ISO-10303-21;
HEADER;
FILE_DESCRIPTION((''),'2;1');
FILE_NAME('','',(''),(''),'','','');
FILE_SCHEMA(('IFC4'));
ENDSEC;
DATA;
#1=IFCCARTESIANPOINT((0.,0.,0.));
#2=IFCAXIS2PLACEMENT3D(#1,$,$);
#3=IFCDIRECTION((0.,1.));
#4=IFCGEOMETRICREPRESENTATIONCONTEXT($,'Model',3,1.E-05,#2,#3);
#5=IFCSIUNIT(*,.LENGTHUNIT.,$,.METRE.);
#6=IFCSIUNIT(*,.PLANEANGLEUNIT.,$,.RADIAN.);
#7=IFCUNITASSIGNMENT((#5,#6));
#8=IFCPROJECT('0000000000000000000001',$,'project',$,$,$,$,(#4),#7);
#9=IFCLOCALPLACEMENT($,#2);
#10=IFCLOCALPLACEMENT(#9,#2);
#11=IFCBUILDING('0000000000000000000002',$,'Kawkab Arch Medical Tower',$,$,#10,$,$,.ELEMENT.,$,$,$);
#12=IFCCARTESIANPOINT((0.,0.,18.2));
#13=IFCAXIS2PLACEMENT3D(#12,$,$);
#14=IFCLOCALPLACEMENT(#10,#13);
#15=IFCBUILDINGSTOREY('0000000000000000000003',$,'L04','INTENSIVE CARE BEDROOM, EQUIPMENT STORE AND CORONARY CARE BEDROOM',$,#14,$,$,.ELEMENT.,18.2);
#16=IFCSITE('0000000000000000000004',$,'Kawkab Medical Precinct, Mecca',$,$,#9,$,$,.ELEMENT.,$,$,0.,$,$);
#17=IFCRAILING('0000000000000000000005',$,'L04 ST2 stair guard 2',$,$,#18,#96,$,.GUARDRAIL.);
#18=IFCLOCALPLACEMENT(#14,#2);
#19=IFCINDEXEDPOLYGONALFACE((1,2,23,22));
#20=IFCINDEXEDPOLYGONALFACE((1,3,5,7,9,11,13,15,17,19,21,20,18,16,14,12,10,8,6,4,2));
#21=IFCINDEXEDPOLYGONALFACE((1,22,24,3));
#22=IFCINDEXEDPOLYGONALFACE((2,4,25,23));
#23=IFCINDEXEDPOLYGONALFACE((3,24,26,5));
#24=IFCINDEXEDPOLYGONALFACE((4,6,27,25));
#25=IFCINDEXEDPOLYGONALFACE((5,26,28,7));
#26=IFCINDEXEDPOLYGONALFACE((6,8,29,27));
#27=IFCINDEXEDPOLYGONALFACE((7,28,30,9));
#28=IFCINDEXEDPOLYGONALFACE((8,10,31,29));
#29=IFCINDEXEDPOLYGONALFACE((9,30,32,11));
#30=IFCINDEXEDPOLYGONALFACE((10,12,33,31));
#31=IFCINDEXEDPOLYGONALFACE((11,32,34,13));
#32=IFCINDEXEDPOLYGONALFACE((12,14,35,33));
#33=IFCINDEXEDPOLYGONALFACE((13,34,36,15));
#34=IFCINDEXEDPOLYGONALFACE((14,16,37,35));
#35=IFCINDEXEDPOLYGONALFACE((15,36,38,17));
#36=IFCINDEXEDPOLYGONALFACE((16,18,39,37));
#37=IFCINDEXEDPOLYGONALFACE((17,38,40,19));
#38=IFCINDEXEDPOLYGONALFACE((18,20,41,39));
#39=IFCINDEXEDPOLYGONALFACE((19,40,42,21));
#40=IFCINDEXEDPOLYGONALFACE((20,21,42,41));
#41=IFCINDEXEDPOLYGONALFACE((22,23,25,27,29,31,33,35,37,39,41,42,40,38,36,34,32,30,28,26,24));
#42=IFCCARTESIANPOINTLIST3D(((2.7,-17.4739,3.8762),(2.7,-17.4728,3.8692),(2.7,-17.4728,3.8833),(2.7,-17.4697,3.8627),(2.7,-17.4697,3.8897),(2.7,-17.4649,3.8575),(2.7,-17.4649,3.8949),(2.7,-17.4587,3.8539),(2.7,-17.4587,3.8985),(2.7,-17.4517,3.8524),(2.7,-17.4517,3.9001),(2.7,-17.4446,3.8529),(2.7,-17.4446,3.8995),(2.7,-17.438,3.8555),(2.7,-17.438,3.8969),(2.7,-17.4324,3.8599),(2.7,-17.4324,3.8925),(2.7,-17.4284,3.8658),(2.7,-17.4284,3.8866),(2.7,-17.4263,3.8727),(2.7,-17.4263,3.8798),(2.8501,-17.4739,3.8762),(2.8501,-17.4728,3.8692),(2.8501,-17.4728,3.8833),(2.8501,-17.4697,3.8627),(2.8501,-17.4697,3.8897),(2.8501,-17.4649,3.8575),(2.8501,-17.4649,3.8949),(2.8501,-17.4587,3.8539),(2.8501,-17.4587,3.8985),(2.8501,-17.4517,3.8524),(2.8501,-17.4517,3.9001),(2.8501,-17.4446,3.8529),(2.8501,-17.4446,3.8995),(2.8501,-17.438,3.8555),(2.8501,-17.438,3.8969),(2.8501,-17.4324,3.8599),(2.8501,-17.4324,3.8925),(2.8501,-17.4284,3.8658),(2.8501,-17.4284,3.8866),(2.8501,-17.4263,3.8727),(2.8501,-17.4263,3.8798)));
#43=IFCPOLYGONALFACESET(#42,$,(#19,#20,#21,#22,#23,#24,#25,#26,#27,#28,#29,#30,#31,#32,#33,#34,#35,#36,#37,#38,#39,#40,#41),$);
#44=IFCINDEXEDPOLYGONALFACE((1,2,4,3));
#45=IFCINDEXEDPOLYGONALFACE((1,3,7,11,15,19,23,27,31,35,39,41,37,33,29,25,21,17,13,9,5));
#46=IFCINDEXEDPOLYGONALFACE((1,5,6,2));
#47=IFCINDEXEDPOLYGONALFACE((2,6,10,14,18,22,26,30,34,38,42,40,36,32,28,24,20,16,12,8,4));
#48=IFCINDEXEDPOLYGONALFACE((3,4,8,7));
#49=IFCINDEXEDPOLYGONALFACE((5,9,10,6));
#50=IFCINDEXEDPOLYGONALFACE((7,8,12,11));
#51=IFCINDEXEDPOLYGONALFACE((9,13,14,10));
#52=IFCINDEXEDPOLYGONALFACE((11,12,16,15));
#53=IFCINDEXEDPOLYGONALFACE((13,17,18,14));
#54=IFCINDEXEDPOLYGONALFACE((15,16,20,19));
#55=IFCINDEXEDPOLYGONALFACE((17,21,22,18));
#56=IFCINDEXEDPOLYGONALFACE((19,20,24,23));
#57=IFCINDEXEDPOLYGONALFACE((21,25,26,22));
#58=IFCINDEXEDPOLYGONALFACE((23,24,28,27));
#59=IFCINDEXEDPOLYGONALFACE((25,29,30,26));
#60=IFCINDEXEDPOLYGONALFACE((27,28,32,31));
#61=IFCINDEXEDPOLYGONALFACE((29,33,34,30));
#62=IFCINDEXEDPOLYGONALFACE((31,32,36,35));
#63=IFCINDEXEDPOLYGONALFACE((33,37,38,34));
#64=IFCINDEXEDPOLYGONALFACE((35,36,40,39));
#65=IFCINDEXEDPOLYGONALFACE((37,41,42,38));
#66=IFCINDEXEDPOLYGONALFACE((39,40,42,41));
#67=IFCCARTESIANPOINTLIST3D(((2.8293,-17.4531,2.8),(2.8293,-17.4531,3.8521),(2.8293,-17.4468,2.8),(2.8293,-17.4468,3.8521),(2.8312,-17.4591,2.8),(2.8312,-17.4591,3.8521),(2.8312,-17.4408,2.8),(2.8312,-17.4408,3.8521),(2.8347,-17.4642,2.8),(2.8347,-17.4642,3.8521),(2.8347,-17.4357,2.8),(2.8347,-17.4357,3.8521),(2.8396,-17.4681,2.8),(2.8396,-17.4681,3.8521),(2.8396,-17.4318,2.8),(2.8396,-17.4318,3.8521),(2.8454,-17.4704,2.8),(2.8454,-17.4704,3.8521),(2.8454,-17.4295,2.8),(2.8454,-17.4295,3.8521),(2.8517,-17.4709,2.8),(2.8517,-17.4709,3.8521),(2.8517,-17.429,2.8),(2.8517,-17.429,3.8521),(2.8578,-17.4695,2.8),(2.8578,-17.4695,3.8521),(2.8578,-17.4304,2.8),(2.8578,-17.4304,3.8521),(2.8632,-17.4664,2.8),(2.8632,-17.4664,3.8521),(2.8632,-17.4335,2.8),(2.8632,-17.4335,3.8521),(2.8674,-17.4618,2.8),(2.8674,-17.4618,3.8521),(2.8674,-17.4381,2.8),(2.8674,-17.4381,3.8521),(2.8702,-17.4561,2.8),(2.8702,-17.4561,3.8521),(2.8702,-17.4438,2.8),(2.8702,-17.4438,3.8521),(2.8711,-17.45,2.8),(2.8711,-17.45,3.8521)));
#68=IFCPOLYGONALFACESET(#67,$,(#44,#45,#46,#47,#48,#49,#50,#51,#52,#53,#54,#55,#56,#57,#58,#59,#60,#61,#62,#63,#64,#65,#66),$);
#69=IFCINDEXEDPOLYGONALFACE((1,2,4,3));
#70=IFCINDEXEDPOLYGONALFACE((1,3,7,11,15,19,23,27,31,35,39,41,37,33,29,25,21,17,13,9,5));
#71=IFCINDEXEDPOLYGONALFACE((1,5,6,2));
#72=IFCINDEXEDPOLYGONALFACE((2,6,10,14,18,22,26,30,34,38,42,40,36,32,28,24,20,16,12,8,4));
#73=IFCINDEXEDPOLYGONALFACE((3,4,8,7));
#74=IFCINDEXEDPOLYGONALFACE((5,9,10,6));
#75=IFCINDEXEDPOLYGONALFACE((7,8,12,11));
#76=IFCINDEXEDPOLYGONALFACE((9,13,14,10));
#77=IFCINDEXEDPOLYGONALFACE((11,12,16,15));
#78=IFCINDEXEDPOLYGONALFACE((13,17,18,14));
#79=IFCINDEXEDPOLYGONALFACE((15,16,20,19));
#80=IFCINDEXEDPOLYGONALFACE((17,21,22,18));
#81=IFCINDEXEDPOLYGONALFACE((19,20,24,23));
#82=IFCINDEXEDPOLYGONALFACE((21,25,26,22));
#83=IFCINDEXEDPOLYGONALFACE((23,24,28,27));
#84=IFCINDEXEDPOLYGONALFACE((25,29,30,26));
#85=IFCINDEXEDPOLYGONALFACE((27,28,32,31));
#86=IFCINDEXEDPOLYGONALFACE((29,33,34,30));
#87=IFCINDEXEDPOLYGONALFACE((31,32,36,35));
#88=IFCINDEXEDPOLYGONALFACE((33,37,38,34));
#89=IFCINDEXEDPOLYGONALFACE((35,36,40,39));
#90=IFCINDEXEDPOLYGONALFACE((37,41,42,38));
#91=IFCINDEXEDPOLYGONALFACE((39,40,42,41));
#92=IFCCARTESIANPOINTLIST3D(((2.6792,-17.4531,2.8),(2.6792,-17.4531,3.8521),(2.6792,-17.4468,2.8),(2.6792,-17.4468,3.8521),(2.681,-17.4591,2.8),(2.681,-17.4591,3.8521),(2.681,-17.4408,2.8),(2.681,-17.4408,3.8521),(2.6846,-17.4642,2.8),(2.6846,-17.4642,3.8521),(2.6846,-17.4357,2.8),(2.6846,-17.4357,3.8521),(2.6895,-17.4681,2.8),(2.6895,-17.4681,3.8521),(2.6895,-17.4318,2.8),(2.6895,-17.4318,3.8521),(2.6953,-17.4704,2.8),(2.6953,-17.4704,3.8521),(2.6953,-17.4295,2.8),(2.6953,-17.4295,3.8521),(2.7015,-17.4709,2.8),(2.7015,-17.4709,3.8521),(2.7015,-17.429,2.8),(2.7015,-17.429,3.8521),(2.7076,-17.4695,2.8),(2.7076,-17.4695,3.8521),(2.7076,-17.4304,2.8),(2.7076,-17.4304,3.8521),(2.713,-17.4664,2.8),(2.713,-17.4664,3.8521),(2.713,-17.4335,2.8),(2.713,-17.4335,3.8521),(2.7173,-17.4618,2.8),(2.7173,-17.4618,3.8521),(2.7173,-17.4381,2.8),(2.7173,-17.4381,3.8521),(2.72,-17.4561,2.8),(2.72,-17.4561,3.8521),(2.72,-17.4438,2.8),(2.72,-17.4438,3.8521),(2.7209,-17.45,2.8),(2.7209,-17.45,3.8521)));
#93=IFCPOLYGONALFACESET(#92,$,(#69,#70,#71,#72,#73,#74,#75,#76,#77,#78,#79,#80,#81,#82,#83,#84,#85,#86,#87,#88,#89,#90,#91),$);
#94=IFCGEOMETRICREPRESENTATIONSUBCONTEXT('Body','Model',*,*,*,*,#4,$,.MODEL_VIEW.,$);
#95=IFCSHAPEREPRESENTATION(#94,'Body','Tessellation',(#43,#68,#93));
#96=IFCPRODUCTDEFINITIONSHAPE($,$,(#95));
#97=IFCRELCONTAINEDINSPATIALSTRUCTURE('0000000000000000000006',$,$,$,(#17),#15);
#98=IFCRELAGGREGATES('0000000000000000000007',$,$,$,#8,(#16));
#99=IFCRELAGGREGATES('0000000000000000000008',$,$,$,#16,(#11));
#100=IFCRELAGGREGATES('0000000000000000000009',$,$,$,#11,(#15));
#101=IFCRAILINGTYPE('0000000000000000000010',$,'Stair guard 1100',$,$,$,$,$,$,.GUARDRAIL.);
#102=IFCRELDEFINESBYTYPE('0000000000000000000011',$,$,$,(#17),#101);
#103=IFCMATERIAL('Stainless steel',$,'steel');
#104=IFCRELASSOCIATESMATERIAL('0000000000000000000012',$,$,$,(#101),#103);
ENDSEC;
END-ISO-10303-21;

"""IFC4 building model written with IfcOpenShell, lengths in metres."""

from ifc_helpers import new_model, si_unit, direction, frame, origin, origin_2d, place, context, subcontext, project, spatial, circle, extrude, material, type_object, element, save


model = new_model("IFC4")

# Units and contexts
model_context = context("Model", 3, precision=1e-05, world=origin(), true_north=direction((0.0, 1.0)))
body_context = subcontext(model_context, "Body", "Model", "MODEL_VIEW")
ifc_project = project(units=[si_unit("LENGTHUNIT", "METRE"), si_unit("PLANEANGLEUNIT", "RADIAN")], contexts=[model_context])

# Site, building, storey
site_placement = place(None, origin())
site = spatial("IfcSite", under=ifc_project, at=site_placement, Name="Kawkab Medical Precinct, Mecca", CompositionType="ELEMENT", RefElevation=0.0)
building_placement = place(site_placement, origin())
building = spatial("IfcBuilding", under=site, at=building_placement, Name="Kawkab Arch Medical Tower", CompositionType="ELEMENT")
storey_placement = place(building_placement, frame((0.0, 0.0, 18.2)))
storey = spatial("IfcBuildingStorey", under=building, at=storey_placement, Name="L04", Description="INTENSIVE CARE BEDROOM, EQUIPMENT STORE AND CORONARY CARE BEDROOM", CompositionType="ELEMENT", Elevation=18.2)

# Railing
ifc_material_1 = material(Name="Stainless steel", Category="steel")
railing_type = type_object("IfcRailingType", Name="Stair guard 1100", PredefinedType="GUARDRAIL", material=ifc_material_1)
railing_1_placement = place(storey_placement, frame((2.8501, -17.45, 2.8)))
element("IfcRailing", 1, at=railing_1_placement, inside=storey, type_object=railing_type, Name="L04 ST2 stair guard 2", PredefinedType="GUARDRAIL", context=body_context, shape_type="SweptSolid", body=[
    extrude(circle(Radius=0.0239, at=origin_2d()), frame((0.0, 0.0, 1.0762), z_axis=(-1.0, 0.0, 0.0), x_axis=(0.0, -1.0, 0.0)), (0.0, 0.0, 1.0), 0.1501),
    extrude(circle(Radius=0.021, at=origin_2d()), origin(), (0.0, 0.0, 1.0), 1.052),
    extrude(circle(Radius=0.021, at=origin_2d()), frame((-0.1501, 0.0, 0.0)), (0.0, 0.0, 1.0), 1.052),
])

save(model, "model.ifc")
